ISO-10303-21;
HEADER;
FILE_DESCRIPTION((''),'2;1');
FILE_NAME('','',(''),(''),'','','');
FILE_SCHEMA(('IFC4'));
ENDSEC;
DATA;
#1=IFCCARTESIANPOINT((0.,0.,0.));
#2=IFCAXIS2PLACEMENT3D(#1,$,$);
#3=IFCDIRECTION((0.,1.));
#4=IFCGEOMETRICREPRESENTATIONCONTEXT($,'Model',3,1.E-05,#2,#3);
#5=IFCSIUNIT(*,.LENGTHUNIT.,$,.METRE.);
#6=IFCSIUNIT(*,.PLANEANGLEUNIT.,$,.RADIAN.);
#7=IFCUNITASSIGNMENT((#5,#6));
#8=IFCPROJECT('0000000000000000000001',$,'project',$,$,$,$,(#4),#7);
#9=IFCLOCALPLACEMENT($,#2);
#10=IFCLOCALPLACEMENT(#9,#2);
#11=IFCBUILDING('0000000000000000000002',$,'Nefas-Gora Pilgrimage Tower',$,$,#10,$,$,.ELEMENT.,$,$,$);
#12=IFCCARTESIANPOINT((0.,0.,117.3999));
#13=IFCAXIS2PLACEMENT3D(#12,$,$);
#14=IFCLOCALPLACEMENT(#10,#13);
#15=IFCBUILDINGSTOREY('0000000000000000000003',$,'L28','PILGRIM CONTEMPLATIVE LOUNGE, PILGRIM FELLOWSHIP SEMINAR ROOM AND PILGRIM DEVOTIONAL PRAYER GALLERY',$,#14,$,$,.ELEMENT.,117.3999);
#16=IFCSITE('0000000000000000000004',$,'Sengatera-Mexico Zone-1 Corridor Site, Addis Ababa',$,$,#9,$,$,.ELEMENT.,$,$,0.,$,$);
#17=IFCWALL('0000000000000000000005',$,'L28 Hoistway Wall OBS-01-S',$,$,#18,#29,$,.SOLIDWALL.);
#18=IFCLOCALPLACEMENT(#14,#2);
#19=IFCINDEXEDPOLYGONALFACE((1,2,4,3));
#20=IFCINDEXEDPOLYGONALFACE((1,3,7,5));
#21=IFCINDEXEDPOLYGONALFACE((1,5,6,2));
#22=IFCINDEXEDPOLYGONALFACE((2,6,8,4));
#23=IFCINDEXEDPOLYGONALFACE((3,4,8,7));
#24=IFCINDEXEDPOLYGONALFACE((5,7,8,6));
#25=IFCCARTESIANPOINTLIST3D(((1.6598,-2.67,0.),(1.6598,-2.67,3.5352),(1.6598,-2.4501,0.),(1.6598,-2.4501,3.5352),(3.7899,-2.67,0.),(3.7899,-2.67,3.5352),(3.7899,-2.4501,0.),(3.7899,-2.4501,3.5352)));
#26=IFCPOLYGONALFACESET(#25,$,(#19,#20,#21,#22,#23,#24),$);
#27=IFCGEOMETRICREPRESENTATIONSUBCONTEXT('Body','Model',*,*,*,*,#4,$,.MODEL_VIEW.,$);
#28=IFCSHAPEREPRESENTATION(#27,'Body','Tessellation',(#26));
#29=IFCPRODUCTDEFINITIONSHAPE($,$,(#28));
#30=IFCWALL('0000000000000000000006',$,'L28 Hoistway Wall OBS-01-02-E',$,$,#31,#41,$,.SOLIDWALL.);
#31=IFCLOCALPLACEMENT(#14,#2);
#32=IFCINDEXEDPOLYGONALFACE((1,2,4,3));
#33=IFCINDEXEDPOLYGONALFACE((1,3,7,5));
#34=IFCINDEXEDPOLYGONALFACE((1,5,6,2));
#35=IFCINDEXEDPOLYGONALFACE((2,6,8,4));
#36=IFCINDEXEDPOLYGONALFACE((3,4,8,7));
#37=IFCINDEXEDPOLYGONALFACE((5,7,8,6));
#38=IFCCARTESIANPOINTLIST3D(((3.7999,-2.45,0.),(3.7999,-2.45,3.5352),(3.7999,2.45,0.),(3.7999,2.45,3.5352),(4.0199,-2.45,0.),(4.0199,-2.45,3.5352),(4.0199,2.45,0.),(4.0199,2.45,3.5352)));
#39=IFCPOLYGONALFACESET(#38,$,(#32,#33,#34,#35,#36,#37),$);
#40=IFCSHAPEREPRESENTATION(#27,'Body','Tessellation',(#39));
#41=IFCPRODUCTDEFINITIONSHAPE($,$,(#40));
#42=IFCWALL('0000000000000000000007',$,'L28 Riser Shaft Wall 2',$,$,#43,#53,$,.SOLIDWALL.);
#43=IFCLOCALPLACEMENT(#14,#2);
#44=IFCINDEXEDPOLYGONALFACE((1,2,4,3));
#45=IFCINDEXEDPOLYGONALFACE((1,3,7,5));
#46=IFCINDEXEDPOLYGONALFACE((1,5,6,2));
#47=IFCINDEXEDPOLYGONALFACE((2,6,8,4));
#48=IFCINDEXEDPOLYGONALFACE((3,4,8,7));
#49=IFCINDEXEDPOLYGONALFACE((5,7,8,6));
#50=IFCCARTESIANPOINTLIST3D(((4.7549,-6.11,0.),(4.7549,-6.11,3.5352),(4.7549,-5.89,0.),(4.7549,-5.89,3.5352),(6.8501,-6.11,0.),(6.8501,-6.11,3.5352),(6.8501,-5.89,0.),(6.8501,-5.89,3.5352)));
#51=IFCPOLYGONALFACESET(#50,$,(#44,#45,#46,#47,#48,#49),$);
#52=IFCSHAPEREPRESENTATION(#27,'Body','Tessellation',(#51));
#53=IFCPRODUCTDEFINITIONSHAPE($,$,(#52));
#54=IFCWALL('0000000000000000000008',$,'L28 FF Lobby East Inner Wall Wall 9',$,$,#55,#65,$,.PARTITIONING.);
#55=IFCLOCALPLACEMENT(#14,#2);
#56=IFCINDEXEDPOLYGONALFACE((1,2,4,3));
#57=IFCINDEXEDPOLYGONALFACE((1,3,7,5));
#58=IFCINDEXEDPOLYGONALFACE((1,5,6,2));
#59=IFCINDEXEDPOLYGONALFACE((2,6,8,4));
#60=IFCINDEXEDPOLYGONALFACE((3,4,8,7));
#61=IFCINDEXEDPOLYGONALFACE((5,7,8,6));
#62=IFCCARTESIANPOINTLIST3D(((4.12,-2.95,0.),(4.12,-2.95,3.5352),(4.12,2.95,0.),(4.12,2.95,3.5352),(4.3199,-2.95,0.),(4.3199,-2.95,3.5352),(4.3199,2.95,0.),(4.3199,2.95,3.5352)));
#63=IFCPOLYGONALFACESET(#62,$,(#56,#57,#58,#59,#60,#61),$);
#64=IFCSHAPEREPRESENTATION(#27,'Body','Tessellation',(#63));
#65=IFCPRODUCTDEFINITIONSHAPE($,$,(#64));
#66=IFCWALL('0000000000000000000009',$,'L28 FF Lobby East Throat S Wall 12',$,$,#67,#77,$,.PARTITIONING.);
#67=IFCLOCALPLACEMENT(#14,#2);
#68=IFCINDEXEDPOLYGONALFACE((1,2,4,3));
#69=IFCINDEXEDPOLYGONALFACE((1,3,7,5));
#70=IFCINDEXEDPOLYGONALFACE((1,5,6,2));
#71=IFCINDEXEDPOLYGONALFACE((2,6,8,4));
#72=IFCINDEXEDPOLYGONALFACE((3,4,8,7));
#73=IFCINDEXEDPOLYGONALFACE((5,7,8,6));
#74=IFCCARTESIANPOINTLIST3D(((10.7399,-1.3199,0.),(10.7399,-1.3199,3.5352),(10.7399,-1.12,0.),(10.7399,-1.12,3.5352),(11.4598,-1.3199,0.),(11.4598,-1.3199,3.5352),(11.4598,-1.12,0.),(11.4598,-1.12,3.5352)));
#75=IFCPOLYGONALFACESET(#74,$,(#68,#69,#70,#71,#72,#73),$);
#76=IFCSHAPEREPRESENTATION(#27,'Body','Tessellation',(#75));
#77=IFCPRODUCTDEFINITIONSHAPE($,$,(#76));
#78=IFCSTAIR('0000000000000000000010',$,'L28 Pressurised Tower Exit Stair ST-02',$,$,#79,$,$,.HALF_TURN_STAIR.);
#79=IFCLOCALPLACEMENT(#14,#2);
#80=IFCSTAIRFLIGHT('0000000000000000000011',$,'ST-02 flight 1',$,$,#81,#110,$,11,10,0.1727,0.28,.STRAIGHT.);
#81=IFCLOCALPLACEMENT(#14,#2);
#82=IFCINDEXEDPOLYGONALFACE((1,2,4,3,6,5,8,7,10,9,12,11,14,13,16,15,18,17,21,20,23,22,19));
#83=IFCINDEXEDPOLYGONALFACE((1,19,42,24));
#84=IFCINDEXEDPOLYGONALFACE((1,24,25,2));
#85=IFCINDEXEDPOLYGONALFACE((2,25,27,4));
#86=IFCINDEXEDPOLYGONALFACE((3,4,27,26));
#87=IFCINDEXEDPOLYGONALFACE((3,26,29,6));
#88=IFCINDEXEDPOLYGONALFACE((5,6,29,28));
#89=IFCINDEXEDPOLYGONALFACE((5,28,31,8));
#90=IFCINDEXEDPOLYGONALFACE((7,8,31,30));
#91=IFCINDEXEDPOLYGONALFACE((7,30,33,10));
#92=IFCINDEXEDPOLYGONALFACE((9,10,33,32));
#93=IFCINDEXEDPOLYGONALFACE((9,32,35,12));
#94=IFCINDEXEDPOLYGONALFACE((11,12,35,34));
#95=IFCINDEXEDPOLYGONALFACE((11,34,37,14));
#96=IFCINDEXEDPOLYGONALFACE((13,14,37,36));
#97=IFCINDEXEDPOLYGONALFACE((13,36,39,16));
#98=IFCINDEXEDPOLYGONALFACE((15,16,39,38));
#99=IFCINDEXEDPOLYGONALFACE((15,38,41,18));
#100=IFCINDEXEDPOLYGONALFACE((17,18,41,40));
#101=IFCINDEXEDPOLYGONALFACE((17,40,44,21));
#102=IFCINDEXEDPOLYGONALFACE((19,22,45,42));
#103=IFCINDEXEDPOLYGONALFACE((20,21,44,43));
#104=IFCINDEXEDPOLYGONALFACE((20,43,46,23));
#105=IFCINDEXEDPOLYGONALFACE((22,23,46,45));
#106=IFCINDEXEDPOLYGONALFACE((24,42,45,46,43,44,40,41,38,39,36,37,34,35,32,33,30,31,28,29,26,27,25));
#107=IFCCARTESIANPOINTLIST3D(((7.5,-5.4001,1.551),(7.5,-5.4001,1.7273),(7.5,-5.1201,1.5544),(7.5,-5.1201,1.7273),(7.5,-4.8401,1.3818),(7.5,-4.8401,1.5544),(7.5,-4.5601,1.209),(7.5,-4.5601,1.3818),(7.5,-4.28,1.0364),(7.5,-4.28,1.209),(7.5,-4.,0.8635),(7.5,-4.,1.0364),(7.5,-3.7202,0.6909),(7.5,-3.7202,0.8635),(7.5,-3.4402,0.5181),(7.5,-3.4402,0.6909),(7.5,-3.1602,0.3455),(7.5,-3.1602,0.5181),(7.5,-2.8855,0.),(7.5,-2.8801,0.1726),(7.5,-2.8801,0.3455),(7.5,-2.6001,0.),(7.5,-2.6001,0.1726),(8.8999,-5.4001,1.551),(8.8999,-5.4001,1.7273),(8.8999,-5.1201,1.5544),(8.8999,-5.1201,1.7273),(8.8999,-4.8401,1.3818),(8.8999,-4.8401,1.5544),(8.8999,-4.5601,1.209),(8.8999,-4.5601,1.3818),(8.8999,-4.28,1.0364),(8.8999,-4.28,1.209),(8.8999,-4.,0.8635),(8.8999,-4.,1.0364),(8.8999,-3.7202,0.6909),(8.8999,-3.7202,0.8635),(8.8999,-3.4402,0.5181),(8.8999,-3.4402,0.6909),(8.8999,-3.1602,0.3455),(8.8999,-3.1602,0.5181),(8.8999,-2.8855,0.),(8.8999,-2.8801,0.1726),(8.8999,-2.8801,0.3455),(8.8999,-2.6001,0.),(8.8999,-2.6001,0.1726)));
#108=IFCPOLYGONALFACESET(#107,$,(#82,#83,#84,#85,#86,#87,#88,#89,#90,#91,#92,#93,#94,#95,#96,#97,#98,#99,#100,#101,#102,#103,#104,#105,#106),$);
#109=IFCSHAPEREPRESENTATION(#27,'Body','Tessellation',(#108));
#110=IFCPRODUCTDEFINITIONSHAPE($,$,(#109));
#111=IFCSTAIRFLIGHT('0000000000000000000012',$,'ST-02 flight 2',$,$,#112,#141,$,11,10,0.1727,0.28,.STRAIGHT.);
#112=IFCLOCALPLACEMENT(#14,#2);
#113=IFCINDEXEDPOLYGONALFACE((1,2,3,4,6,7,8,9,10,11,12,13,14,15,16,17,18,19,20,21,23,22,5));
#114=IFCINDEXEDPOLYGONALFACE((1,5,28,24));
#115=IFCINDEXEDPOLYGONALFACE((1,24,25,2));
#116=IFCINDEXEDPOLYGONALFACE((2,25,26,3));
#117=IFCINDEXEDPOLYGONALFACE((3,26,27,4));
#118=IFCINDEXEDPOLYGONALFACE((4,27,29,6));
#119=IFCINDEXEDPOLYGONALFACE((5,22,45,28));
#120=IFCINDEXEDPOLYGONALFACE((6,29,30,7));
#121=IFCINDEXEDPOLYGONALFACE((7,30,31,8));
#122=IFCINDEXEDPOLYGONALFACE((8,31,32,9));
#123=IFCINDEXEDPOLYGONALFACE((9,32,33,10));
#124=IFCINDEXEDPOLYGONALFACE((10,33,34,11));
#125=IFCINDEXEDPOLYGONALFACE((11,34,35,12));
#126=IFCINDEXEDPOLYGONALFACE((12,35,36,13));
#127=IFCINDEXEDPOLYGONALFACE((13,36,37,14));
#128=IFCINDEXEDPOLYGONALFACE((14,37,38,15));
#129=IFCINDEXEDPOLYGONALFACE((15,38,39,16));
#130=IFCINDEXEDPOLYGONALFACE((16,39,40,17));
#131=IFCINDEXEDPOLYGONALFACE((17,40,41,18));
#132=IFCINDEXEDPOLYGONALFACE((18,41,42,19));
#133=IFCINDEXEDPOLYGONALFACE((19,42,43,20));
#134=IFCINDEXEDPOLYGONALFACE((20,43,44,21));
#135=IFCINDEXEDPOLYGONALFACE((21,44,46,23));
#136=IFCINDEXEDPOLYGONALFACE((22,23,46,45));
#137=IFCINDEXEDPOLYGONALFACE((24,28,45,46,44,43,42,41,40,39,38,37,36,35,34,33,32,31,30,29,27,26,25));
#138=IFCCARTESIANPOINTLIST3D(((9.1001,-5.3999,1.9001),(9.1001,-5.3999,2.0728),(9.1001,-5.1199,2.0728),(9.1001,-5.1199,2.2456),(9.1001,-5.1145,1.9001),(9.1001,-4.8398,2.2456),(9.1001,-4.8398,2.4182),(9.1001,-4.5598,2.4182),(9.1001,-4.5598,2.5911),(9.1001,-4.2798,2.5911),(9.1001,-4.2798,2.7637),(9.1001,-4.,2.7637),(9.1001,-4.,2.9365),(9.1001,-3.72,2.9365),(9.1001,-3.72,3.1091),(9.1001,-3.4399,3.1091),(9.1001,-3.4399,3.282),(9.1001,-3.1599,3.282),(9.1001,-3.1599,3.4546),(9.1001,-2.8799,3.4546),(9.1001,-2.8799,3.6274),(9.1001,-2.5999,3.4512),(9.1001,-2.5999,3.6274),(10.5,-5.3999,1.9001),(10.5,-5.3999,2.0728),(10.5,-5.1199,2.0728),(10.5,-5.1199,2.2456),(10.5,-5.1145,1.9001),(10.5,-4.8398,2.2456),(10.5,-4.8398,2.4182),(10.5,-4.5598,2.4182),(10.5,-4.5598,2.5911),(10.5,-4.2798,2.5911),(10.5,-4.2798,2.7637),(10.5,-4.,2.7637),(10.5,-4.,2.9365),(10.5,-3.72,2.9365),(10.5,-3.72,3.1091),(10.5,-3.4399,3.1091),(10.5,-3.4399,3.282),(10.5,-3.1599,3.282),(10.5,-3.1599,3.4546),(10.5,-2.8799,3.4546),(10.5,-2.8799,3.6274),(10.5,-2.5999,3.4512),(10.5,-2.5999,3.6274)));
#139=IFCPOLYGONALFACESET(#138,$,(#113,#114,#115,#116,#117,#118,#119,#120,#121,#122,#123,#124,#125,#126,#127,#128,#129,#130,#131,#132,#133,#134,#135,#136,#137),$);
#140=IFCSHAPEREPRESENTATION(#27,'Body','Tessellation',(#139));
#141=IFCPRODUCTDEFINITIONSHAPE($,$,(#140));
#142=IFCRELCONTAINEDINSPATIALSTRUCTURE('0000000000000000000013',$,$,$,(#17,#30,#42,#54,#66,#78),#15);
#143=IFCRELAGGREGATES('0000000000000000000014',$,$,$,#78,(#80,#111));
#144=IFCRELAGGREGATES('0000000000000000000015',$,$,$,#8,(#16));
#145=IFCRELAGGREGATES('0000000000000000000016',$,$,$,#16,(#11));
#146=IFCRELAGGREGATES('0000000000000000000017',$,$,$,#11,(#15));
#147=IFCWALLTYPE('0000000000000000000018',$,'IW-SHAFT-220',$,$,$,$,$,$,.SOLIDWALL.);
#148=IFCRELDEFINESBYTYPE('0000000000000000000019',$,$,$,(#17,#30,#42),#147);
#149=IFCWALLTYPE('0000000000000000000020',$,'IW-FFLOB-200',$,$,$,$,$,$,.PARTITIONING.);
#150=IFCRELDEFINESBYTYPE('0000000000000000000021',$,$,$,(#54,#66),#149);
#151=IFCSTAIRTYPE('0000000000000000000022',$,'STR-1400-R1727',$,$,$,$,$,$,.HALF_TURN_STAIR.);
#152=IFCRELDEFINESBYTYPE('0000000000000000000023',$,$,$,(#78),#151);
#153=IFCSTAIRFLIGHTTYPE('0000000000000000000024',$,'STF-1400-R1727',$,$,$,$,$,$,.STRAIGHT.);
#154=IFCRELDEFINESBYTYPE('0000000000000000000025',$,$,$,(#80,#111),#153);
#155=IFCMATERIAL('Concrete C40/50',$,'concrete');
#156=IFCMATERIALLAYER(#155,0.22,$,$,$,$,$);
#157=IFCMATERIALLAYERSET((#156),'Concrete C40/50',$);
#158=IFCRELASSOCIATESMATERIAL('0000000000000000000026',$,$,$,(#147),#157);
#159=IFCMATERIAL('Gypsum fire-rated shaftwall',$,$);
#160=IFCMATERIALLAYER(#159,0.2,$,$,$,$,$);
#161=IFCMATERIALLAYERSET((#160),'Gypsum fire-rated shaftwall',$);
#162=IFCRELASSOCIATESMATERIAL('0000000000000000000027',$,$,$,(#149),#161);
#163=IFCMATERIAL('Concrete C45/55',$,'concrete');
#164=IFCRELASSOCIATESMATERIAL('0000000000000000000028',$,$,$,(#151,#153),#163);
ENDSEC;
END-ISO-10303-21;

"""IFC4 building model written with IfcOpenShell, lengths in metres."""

from ifc_helpers import new_model, si_unit, direction, frame, frame_2d, origin, place, context, subcontext, project, spatial, polyline, rectangle, outline, extrude, source, transform, mapped, material, layer, layer_set, type_object, element, aggregate, save


model = new_model("IFC4")

# Units and contexts
model_context = context("Model", 3, precision=1e-05, world=origin(), true_north=direction((0.0, 1.0)))
body_context = subcontext(model_context, "Body", "Model", "MODEL_VIEW")
ifc_project = project(units=[si_unit("LENGTHUNIT", "METRE"), si_unit("PLANEANGLEUNIT", "RADIAN")], contexts=[model_context])

# Site, building, storey
site_placement = place(None, origin())
site = spatial("IfcSite", under=ifc_project, at=site_placement, Name="Sengatera-Mexico Zone-1 Corridor Site, Addis Ababa", CompositionType="ELEMENT", RefElevation=0.0)
building_placement = place(site_placement, origin())
building = spatial("IfcBuilding", under=site, at=building_placement, Name="Nefas-Gora Pilgrimage Tower", CompositionType="ELEMENT")
storey_placement = place(building_placement, frame((0.0, 0.0, 117.3999)))
storey = spatial("IfcBuildingStorey", under=building, at=storey_placement, Name="L28", Description="PILGRIM CONTEMPLATIVE LOUNGE, PILGRIM FELLOWSHIP SEMINAR ROOM AND PILGRIM DEVOTIONAL PRAYER GALLERY", CompositionType="ELEMENT", Elevation=117.3999)

# Shared definitions
ifc_material_1 = material(Name="Concrete C45/55", Category="concrete")

# Shared definitions
ifc_material_2 = material(Name="Concrete C40/50", Category="concrete")
ifc_layer_1 = layer(ifc_material_2, 0.22)
ifc_layer_set_1 = layer_set([ifc_layer_1], Name="Concrete C40/50")
wall_type_1 = type_object("IfcWallType", Name="IW-SHAFT-220", PredefinedType="SOLIDWALL", material=ifc_layer_set_1)

# Walls
shared_shape_1 = source(origin(), body_context, "Body", "SweptSolid", [
    extrude(rectangle(XDim=2.1301, YDim=0.22, at=frame_2d((1.0649, 0.0))), origin(), (0.0, 0.0, 1.0), 3.5352),
])
wall_1_placement = place(storey_placement, frame((1.6599, -2.5601, 0.0), z_axis=(0.0, 0.0, 1.0), x_axis=(1.0, 0.0, 0.0)))
element("IfcWall", 1, at=wall_1_placement, inside=storey, type_object=wall_type_1, Name="L28 Hoistway Wall OBS-01-S", PredefinedType="SOLIDWALL", context=body_context, shape_type="MappedRepresentation", body=[
    mapped(shared_shape_1, transform((0.0, 0.0, 0.0), x_axis=(1.0, 0.0, 0.0), y_axis=(0.0, 1.0, 0.0), z_axis=(0.0, 0.0, 1.0), scale=1.0)),
])
shared_shape_2 = source(origin(), body_context, "Body", "SweptSolid", [
    extrude(rectangle(XDim=4.8999, YDim=0.22, at=frame_2d((2.45, 0.0))), origin(), (0.0, 0.0, 1.0), 3.5352),
])
wall_2_placement = place(storey_placement, frame((3.9099, -2.45, 0.0), z_axis=(0.0, 0.0, 1.0), x_axis=(0.0, 1.0, 0.0)))
element("IfcWall", 2, at=wall_2_placement, inside=storey, type_object=wall_type_1, Name="L28 Hoistway Wall OBS-01-02-E", PredefinedType="SOLIDWALL", context=body_context, shape_type="MappedRepresentation", body=[
    mapped(shared_shape_2, transform((0.0, 0.0, 0.0), x_axis=(1.0, 0.0, 0.0), y_axis=(0.0, 1.0, 0.0), z_axis=(0.0, 0.0, 1.0), scale=1.0)),
])

# Shared definitions
ifc_material_3 = material(Name="Gypsum fire-rated shaftwall")
ifc_layer_2 = layer(ifc_material_3, 0.2)
ifc_layer_set_2 = layer_set([ifc_layer_2], Name="Gypsum fire-rated shaftwall")
wall_type_2 = type_object("IfcWallType", Name="IW-FFLOB-200", PredefinedType="PARTITIONING", material=ifc_layer_set_2)

# Walls
shared_shape_3 = source(origin(), body_context, "Body", "SweptSolid", [
    extrude(rectangle(XDim=2.0952, YDim=0.22, at=frame_2d((1.0476, 0.0))), origin(), (0.0, 0.0, 1.0), 3.5352),
])
wall_3_placement = place(storey_placement, frame((4.7549, -6.0, 0.0), z_axis=(0.0, 0.0, 1.0), x_axis=(1.0, 0.0, 0.0)))
element("IfcWall", 3, at=wall_3_placement, inside=storey, type_object=wall_type_1, Name="L28 Riser Shaft Wall 2", PredefinedType="SOLIDWALL", context=body_context, shape_type="MappedRepresentation", body=[
    mapped(shared_shape_3, transform((0.0, 0.0, 0.0), x_axis=(1.0, 0.0, 0.0), y_axis=(0.0, 1.0, 0.0), z_axis=(0.0, 0.0, 1.0), scale=1.0)),
])
shared_shape_4 = source(origin(), body_context, "Body", "SweptSolid", [
    extrude(rectangle(XDim=5.8999, YDim=0.2, at=frame_2d((2.95, 0.0))), origin(), (0.0, 0.0, 1.0), 3.5352),
])
wall_4_placement = place(storey_placement, frame((4.22, -2.95, 0.0), z_axis=(0.0, 0.0, 1.0), x_axis=(0.0, 1.0, 0.0)))
element("IfcWall", 4, at=wall_4_placement, inside=storey, type_object=wall_type_2, Name="L28 FF Lobby East Inner Wall Wall 9", PredefinedType="PARTITIONING", context=body_context, shape_type="MappedRepresentation", body=[
    mapped(shared_shape_4, transform((0.0, 0.0, 0.0), x_axis=(1.0, 0.0, 0.0), y_axis=(0.0, 1.0, 0.0), z_axis=(0.0, 0.0, 1.0), scale=1.0)),
])
shared_shape_5 = source(origin(), body_context, "Body", "SweptSolid", [
    extrude(rectangle(XDim=0.72, YDim=0.2, at=frame_2d((0.3599, 0.0))), origin(), (0.0, 0.0, 1.0), 3.5352),
])
wall_5_placement = place(storey_placement, frame((10.74, -1.22, 0.0), z_axis=(0.0, 0.0, 1.0), x_axis=(1.0, 0.0, 0.0)))
element("IfcWall", 5, at=wall_5_placement, inside=storey, type_object=wall_type_2, Name="L28 FF Lobby East Throat S Wall 12", PredefinedType="PARTITIONING", context=body_context, shape_type="MappedRepresentation", body=[
    mapped(shared_shape_5, transform((0.0, 0.0, 0.0), x_axis=(1.0, 0.0, 0.0), y_axis=(0.0, 1.0, 0.0), z_axis=(0.0, 0.0, 1.0), scale=1.0)),
])

# Stair, stair flights
stair_type = type_object("IfcStairType", Name="STR-1400-R1727", PredefinedType="HALF_TURN_STAIR", material=ifc_material_1)
stair_placement = place(storey_placement, origin())
stair = element("IfcStair", 6, at=stair_placement, inside=storey, type_object=stair_type, Name="L28 Pressurised Tower Exit Stair ST-02", PredefinedType="HALF_TURN_STAIR")
stair_flight_type = type_object("IfcStairFlightType", Name="STF-1400-R1727", PredefinedType="STRAIGHT", material=ifc_material_1)
shared_shape_6 = source(origin(), body_context, "Body", "SweptSolid", [
    extrude(outline(polyline([(0.0, 0.0), (0.0, 0.1726), (0.28, 0.1726), (0.28, 0.3455), (0.5601, 0.3455), (0.5601, 0.5181), (0.8401, 0.5181), (0.8401, 0.6909), (1.1201, 0.6909), (1.1201, 0.8635), (1.3999, 0.8635), (1.3999, 1.0364), (1.6799, 1.0364), (1.6799, 1.209), (1.96, 1.209), (1.96, 1.3818), (2.24, 1.3818), (2.24, 1.5544), (2.52, 1.5544), (2.52, 1.7273), (2.8, 1.7273), (2.8, 1.8999), (2.8, 1.551), (0.2854, 0.0), (0.0, 0.0)])), frame((0.0, 0.7, 0.0), z_axis=(0.0, -1.0, 0.0), x_axis=(1.0, 0.0, 0.0)), (0.0, 0.0, 1.0), 1.3999),
])
stair_flight_1_placement = place(storey_placement, frame((8.2, -2.6001, 0.0), z_axis=(0.0, 0.0, 1.0), x_axis=(0.0, -1.0, 0.0)))
stair_flight_1 = element("IfcStairFlight", 7, at=stair_flight_1_placement, type_object=stair_flight_type, Name="ST-02 flight 1", NumberOfRisers=11, NumberOfTreads=10, PredefinedType="STRAIGHT", RiserHeight=0.1727, TreadLength=0.28, context=body_context, shape_type="MappedRepresentation", body=[
    mapped(shared_shape_6, transform((0.0, 0.0, 0.0), x_axis=(1.0, 0.0, 0.0), y_axis=(0.0, 1.0, 0.0), z_axis=(0.0, 0.0, 1.0), scale=1.0)),
])
stair_flight_2_placement = place(storey_placement, frame((9.8, -5.3999, 1.9001), z_axis=(0.0, 0.0, 1.0), x_axis=(0.0, 1.0, 0.0)))
stair_flight_2 = element("IfcStairFlight", 8, at=stair_flight_2_placement, type_object=stair_flight_type, Name="ST-02 flight 2", NumberOfRisers=11, NumberOfTreads=10, PredefinedType="STRAIGHT", RiserHeight=0.1727, TreadLength=0.28, context=body_context, shape_type="MappedRepresentation", body=[
    mapped(shared_shape_6, transform((0.0, 0.0, 0.0), x_axis=(1.0, 0.0, 0.0), y_axis=(0.0, 1.0, 0.0), z_axis=(0.0, 0.0, 1.0), scale=1.0)),
])
aggregate(stair, [stair_flight_1, stair_flight_2])

save(model, "model.ifc")
